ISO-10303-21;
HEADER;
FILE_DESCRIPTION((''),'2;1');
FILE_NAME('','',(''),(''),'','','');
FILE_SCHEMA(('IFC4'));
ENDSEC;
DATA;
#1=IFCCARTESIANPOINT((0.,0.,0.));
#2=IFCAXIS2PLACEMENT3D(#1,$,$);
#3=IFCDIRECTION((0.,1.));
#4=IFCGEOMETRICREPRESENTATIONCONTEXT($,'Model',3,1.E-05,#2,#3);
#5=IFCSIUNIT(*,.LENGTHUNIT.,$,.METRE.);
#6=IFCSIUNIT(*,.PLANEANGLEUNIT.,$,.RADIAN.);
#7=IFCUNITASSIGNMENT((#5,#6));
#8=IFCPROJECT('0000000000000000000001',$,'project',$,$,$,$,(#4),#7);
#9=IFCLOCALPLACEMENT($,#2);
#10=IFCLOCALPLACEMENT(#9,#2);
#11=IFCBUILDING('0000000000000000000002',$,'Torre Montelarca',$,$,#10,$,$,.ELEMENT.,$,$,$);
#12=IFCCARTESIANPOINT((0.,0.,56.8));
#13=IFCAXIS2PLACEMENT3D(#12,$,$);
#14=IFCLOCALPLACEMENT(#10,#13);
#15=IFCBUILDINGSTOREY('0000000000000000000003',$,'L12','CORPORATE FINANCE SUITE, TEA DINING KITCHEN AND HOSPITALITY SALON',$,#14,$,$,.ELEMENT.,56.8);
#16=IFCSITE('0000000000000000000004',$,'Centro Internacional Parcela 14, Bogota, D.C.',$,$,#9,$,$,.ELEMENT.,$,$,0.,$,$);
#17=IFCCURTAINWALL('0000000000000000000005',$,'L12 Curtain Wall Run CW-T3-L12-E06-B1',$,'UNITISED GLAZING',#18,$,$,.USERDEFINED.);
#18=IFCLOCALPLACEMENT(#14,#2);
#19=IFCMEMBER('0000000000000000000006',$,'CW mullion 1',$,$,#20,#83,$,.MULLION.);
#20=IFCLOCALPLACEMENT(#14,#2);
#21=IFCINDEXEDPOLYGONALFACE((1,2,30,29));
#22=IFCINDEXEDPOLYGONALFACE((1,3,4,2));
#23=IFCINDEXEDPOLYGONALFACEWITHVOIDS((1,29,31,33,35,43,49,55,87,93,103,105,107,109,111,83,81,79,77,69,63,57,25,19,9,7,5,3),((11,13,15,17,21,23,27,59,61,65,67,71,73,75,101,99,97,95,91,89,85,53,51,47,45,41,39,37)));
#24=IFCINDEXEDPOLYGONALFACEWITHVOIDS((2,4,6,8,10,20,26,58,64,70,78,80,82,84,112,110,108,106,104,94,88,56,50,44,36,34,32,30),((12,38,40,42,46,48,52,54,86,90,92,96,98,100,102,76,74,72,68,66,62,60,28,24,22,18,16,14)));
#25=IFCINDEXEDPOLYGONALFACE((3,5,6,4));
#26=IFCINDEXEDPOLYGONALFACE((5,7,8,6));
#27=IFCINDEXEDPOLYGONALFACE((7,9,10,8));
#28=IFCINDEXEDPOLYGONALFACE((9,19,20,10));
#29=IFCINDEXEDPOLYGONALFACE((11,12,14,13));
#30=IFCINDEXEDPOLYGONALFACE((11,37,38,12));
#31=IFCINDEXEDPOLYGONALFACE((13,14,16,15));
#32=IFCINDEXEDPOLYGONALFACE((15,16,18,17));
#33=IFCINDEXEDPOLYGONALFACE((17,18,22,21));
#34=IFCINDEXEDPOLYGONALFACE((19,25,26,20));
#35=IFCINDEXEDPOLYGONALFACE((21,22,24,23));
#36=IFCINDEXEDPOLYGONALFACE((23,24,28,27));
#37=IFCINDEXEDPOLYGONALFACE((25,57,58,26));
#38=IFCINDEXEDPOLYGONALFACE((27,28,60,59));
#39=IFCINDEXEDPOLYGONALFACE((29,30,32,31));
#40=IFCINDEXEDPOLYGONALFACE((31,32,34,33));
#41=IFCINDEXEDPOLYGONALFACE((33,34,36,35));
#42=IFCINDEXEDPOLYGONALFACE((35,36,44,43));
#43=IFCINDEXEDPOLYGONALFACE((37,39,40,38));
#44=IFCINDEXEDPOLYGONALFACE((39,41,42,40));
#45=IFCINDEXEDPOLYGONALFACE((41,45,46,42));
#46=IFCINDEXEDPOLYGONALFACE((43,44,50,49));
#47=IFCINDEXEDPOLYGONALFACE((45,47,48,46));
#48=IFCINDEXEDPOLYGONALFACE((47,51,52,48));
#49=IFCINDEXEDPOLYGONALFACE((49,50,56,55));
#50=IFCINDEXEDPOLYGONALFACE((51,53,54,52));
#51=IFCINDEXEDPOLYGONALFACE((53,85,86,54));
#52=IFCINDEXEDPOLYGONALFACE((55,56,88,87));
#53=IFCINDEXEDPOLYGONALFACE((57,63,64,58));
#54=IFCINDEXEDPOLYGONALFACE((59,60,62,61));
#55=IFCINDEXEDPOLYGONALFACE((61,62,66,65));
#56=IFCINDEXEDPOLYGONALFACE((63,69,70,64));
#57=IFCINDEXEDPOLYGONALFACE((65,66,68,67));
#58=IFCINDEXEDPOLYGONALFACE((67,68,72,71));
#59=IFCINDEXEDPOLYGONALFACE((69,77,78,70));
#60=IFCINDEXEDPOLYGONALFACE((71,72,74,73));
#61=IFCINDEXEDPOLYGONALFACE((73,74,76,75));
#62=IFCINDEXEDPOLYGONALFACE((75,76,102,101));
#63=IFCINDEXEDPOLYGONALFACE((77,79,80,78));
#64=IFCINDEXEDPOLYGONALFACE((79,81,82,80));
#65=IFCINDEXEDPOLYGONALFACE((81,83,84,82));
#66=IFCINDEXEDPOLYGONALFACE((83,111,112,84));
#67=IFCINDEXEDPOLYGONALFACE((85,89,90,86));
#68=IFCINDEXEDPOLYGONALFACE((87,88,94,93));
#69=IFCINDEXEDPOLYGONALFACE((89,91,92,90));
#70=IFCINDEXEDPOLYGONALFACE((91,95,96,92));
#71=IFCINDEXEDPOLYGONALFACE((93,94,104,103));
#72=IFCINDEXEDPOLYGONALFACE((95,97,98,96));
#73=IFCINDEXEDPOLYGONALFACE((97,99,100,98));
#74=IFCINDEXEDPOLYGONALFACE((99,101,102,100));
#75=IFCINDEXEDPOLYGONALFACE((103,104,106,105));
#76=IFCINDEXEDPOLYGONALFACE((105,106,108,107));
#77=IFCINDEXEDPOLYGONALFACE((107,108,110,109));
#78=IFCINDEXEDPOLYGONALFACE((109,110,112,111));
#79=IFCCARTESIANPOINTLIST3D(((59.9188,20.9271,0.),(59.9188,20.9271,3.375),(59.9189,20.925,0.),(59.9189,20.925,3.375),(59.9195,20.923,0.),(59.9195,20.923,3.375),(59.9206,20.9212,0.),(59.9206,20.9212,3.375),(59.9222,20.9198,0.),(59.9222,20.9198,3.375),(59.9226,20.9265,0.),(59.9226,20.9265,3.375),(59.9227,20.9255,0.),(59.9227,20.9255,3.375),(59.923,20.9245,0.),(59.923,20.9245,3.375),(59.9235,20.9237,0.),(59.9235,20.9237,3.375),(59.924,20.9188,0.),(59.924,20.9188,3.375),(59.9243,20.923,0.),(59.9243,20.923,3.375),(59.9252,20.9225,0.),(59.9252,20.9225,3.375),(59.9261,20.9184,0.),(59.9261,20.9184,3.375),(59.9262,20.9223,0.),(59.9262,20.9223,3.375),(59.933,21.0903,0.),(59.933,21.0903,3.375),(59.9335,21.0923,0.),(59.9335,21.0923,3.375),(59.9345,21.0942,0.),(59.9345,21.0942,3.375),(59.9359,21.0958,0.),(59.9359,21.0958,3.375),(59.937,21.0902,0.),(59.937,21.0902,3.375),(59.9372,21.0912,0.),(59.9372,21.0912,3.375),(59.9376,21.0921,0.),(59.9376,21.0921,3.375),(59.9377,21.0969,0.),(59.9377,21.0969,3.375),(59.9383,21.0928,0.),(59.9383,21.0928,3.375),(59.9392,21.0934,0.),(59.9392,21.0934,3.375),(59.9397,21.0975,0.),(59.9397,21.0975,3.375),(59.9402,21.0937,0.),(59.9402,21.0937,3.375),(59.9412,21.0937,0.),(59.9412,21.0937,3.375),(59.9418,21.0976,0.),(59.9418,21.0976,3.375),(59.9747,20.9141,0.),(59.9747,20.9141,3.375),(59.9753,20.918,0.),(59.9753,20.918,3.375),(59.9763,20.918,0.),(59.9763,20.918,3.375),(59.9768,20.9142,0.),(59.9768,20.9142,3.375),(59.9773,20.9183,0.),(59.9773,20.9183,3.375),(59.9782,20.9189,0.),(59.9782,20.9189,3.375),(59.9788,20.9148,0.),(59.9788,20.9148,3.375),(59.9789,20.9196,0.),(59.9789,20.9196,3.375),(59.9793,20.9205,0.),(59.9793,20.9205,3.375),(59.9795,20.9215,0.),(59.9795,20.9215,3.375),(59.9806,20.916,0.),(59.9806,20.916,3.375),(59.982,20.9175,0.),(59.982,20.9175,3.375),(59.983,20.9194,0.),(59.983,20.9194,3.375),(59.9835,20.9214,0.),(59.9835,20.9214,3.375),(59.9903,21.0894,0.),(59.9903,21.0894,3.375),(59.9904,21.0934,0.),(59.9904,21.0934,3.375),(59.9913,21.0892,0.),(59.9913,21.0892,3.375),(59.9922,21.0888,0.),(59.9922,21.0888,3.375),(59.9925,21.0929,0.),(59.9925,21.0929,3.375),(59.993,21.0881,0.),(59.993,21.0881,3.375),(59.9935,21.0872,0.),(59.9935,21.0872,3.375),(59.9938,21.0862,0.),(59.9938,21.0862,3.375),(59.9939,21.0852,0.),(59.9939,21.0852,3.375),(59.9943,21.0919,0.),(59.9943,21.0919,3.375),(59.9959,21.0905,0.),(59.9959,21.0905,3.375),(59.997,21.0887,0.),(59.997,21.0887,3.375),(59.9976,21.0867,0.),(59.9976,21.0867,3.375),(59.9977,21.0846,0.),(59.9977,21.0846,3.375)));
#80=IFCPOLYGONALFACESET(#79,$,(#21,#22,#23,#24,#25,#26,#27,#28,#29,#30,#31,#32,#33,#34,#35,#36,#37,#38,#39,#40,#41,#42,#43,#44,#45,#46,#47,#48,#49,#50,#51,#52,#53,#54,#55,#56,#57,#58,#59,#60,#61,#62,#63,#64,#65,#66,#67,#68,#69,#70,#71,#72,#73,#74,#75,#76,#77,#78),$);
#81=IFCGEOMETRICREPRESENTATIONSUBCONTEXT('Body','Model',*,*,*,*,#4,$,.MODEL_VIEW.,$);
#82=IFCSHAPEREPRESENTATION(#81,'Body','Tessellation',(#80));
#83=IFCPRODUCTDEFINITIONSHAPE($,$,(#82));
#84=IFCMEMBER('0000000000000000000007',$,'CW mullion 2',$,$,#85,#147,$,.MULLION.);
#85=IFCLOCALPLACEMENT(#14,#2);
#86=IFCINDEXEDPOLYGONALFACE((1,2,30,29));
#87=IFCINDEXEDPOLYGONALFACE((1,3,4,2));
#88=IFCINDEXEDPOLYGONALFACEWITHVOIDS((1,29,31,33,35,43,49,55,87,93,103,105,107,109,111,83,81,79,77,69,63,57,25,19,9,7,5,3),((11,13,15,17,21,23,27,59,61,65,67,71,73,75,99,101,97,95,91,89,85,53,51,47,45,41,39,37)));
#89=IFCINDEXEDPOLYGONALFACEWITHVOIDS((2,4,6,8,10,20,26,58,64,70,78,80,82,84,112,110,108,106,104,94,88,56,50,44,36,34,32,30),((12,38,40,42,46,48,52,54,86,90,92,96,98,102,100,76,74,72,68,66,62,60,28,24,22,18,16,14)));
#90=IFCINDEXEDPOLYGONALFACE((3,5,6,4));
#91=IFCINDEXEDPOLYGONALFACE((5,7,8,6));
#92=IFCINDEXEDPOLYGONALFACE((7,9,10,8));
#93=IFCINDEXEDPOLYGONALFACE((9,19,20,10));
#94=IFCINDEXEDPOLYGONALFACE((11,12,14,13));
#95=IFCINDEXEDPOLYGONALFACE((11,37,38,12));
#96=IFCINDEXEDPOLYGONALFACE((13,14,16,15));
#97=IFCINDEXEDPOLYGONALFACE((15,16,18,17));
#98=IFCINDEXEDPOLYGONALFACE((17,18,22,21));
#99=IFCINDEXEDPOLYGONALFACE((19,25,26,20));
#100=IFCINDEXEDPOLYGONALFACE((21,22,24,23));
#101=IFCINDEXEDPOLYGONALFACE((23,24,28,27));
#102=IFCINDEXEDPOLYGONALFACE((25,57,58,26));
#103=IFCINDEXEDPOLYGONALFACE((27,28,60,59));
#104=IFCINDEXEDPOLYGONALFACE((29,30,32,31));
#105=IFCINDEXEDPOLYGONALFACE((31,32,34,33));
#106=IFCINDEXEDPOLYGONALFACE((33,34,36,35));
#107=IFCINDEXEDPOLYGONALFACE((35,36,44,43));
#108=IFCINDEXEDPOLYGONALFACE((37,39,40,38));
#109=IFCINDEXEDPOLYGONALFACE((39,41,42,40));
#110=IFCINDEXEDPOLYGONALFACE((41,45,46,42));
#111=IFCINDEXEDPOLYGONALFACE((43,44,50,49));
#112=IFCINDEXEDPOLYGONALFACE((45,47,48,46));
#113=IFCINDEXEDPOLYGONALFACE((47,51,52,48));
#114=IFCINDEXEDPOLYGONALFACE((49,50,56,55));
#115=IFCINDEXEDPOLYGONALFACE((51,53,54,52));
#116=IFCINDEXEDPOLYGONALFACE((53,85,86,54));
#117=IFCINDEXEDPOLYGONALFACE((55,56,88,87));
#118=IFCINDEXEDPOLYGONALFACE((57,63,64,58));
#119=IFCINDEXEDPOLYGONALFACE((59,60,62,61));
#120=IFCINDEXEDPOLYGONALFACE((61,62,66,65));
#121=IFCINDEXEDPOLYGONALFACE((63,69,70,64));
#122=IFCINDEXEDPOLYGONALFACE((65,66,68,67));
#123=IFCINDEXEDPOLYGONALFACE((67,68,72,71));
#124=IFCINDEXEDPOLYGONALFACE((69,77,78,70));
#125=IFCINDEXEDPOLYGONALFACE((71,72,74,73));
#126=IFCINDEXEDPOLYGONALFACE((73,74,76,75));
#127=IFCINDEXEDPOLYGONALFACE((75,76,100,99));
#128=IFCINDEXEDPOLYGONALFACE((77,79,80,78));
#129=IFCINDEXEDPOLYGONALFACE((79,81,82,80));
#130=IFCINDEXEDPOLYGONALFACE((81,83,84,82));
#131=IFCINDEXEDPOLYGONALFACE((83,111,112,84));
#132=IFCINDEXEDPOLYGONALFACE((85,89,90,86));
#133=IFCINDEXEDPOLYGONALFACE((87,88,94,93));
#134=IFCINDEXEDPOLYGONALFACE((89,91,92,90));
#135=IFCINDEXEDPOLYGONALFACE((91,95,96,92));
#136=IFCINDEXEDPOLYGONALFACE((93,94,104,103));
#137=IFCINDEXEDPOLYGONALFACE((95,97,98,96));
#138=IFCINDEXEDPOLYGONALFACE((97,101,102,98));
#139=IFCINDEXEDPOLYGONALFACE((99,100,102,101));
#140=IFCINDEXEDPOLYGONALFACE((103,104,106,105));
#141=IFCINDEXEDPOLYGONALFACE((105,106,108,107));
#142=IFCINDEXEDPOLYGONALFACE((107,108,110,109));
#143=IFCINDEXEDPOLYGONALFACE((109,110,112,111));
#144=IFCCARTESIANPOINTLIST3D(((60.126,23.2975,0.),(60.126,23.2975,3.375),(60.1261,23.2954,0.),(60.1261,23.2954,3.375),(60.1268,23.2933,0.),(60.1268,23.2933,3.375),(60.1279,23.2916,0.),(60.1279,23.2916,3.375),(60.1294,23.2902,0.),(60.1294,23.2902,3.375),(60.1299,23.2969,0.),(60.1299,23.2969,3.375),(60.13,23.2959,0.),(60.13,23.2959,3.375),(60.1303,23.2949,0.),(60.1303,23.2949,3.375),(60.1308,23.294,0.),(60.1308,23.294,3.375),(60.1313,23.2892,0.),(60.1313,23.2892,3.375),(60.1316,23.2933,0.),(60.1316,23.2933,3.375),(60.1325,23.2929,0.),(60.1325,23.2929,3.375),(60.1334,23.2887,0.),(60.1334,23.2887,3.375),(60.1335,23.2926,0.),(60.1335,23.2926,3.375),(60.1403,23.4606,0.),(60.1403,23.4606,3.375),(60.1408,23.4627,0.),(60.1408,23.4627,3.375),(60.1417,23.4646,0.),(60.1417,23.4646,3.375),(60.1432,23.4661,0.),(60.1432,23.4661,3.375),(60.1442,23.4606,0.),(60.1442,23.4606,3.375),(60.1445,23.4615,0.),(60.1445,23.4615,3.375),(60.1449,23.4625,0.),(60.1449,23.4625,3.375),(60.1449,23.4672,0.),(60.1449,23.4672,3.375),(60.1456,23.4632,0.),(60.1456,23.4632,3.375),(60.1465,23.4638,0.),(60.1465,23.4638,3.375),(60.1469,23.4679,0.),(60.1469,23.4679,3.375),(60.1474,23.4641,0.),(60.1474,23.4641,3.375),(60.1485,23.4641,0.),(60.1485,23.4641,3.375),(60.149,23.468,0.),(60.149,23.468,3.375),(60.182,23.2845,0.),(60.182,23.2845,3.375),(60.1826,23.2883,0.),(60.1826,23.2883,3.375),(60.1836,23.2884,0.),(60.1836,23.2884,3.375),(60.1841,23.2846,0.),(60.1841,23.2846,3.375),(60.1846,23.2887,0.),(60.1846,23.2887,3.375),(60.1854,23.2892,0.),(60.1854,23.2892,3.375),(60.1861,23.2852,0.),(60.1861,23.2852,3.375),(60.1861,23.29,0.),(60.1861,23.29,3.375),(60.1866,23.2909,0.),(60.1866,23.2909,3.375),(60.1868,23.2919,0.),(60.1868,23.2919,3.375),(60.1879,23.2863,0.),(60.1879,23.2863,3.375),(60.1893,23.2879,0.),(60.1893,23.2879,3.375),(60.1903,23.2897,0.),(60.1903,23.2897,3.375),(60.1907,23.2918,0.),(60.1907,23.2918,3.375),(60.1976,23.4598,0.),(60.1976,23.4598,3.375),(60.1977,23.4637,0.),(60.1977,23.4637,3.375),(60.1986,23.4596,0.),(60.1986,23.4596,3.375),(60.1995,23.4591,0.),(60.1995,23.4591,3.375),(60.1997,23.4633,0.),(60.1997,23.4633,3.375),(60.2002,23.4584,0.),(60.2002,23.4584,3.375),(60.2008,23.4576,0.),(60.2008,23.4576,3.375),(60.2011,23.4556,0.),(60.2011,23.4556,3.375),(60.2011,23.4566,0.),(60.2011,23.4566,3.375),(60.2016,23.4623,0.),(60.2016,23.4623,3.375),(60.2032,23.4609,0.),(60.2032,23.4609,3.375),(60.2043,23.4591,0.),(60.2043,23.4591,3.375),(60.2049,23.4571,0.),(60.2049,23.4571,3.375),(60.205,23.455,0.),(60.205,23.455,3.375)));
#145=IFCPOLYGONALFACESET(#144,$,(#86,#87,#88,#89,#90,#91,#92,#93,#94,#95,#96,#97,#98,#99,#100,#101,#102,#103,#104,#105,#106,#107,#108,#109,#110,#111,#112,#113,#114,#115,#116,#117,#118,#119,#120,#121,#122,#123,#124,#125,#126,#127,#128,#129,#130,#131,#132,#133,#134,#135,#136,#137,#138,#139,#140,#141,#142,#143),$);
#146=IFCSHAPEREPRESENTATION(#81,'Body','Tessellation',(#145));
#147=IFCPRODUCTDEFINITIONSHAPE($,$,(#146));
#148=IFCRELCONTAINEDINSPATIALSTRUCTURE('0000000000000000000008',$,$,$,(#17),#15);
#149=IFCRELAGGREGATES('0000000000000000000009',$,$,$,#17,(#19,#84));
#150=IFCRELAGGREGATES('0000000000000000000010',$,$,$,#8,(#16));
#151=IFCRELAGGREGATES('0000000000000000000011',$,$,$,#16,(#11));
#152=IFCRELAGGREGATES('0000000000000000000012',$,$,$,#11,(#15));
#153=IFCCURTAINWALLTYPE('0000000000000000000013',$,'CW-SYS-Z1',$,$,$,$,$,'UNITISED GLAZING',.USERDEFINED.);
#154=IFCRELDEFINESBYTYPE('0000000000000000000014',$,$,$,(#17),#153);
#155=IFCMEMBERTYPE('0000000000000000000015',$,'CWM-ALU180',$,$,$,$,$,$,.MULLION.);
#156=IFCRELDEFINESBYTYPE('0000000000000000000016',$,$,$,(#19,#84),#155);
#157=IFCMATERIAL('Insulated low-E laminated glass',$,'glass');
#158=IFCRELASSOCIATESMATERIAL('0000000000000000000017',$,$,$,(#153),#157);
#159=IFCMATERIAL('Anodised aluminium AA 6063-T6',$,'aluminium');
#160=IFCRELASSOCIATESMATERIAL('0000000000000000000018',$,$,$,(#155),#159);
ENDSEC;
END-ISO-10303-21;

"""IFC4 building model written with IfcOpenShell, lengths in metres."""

from ifc_helpers import new_model, si_unit, direction, frame, origin, origin_2d, place, context, subcontext, project, spatial, hollow_rectangle, extrude, source, transform, mapped, material, material_profile, profile_set, type_object, element, aggregate, save


model = new_model("IFC4")

# Units and contexts
model_context = context("Model", 3, precision=1e-05, world=origin(), true_north=direction((0.0, 1.0)))
body_context = subcontext(model_context, "Body", "Model", "MODEL_VIEW")
ifc_project = project(units=[si_unit("LENGTHUNIT", "METRE"), si_unit("PLANEANGLEUNIT", "RADIAN")], contexts=[model_context])

# Site, building, storey
site_placement = place(None, origin())
site = spatial("IfcSite", under=ifc_project, at=site_placement, Name="Centro Internacional Parcela 14, Bogota, D.C.", CompositionType="ELEMENT", RefElevation=0.0)
building_placement = place(site_placement, origin())
building = spatial("IfcBuilding", under=site, at=building_placement, Name="Torre Montelarca", CompositionType="ELEMENT")
storey_placement = place(building_placement, frame((0.0, 0.0, 56.8)))
storey = spatial("IfcBuildingStorey", under=building, at=storey_placement, Name="L12", Description="CORPORATE FINANCE SUITE, TEA DINING KITCHEN AND HOSPITALITY SALON", CompositionType="ELEMENT", Elevation=56.8)

# Shared definitions
ifc_material_1 = material(Name="Insulated low-E laminated glass", Category="glass")
curtain_wall_type = type_object("IfcCurtainWallType", Name="CW-SYS-Z1", ElementType="UNITISED GLAZING", PredefinedType="USERDEFINED", material=ifc_material_1)
ifc_material_2 = material(Name="Anodised aluminium AA 6063-T6", Category="aluminium")
ifc_material_profile_1 = material_profile(ifc_material_2, hollow_rectangle(XDim=0.0649, YDim=0.1799, WallThickness=0.0039, InnerFilletRadius=0.0039, OuterFilletRadius=0.0081, at=origin_2d()), Name="ALU65X180X4", Category="aluminium")
ifc_profile_set_1 = profile_set([ifc_material_profile_1], Name="Anodised aluminium AA 6063-T6")
member_type_1 = type_object("IfcMemberType", Name="CWM-ALU180", PredefinedType="MULLION", material=ifc_profile_set_1)

# Curtain wall, members
curtain_wall_1_placement = place(storey_placement, origin())
curtain_wall_1 = element("IfcCurtainWall", 1, at=curtain_wall_1_placement, inside=storey, type_object=curtain_wall_type, Name="L12 Curtain Wall Run CW-T3-L12-E06-B1", ObjectType="UNITISED GLAZING", PredefinedType="USERDEFINED")
shared_shape_1 = source(origin(), body_context, "Body", "SweptSolid", [
    extrude(hollow_rectangle(XDim=0.0649, YDim=0.1799, WallThickness=0.0039, InnerFilletRadius=0.0039, OuterFilletRadius=0.0081, at=origin_2d()), origin(), (0.0, 0.0, 1.0), 3.375),
])
member_1_placement = place(storey_placement, frame((59.9583, 21.0059, 0.0), z_axis=(0.0, 0.0, 1.0), x_axis=(-0.996195, 0.087156, 0.0)))
member_1 = element("IfcMember", 2, at=member_1_placement, type_object=member_type_1, Name="CW mullion 1", PredefinedType="MULLION", context=body_context, shape_type="MappedRepresentation", body=[
    mapped(shared_shape_1, transform((0.0, 0.0, 0.0), scale=1.0)),
])
member_2_placement = place(storey_placement, frame((60.1655, 23.3762, 0.0), z_axis=(0.0, 0.0, 1.0), x_axis=(-0.996195, 0.087156, 0.0)))
member_2 = element("IfcMember", 3, at=member_2_placement, type_object=member_type_1, Name="CW mullion 2", PredefinedType="MULLION", context=body_context, shape_type="MappedRepresentation", body=[
    mapped(shared_shape_1, transform((0.0, 0.0, 0.0), scale=1.0)),
])

aggregate(curtain_wall_1, [member_1, member_2])

save(model, "model.ifc")
